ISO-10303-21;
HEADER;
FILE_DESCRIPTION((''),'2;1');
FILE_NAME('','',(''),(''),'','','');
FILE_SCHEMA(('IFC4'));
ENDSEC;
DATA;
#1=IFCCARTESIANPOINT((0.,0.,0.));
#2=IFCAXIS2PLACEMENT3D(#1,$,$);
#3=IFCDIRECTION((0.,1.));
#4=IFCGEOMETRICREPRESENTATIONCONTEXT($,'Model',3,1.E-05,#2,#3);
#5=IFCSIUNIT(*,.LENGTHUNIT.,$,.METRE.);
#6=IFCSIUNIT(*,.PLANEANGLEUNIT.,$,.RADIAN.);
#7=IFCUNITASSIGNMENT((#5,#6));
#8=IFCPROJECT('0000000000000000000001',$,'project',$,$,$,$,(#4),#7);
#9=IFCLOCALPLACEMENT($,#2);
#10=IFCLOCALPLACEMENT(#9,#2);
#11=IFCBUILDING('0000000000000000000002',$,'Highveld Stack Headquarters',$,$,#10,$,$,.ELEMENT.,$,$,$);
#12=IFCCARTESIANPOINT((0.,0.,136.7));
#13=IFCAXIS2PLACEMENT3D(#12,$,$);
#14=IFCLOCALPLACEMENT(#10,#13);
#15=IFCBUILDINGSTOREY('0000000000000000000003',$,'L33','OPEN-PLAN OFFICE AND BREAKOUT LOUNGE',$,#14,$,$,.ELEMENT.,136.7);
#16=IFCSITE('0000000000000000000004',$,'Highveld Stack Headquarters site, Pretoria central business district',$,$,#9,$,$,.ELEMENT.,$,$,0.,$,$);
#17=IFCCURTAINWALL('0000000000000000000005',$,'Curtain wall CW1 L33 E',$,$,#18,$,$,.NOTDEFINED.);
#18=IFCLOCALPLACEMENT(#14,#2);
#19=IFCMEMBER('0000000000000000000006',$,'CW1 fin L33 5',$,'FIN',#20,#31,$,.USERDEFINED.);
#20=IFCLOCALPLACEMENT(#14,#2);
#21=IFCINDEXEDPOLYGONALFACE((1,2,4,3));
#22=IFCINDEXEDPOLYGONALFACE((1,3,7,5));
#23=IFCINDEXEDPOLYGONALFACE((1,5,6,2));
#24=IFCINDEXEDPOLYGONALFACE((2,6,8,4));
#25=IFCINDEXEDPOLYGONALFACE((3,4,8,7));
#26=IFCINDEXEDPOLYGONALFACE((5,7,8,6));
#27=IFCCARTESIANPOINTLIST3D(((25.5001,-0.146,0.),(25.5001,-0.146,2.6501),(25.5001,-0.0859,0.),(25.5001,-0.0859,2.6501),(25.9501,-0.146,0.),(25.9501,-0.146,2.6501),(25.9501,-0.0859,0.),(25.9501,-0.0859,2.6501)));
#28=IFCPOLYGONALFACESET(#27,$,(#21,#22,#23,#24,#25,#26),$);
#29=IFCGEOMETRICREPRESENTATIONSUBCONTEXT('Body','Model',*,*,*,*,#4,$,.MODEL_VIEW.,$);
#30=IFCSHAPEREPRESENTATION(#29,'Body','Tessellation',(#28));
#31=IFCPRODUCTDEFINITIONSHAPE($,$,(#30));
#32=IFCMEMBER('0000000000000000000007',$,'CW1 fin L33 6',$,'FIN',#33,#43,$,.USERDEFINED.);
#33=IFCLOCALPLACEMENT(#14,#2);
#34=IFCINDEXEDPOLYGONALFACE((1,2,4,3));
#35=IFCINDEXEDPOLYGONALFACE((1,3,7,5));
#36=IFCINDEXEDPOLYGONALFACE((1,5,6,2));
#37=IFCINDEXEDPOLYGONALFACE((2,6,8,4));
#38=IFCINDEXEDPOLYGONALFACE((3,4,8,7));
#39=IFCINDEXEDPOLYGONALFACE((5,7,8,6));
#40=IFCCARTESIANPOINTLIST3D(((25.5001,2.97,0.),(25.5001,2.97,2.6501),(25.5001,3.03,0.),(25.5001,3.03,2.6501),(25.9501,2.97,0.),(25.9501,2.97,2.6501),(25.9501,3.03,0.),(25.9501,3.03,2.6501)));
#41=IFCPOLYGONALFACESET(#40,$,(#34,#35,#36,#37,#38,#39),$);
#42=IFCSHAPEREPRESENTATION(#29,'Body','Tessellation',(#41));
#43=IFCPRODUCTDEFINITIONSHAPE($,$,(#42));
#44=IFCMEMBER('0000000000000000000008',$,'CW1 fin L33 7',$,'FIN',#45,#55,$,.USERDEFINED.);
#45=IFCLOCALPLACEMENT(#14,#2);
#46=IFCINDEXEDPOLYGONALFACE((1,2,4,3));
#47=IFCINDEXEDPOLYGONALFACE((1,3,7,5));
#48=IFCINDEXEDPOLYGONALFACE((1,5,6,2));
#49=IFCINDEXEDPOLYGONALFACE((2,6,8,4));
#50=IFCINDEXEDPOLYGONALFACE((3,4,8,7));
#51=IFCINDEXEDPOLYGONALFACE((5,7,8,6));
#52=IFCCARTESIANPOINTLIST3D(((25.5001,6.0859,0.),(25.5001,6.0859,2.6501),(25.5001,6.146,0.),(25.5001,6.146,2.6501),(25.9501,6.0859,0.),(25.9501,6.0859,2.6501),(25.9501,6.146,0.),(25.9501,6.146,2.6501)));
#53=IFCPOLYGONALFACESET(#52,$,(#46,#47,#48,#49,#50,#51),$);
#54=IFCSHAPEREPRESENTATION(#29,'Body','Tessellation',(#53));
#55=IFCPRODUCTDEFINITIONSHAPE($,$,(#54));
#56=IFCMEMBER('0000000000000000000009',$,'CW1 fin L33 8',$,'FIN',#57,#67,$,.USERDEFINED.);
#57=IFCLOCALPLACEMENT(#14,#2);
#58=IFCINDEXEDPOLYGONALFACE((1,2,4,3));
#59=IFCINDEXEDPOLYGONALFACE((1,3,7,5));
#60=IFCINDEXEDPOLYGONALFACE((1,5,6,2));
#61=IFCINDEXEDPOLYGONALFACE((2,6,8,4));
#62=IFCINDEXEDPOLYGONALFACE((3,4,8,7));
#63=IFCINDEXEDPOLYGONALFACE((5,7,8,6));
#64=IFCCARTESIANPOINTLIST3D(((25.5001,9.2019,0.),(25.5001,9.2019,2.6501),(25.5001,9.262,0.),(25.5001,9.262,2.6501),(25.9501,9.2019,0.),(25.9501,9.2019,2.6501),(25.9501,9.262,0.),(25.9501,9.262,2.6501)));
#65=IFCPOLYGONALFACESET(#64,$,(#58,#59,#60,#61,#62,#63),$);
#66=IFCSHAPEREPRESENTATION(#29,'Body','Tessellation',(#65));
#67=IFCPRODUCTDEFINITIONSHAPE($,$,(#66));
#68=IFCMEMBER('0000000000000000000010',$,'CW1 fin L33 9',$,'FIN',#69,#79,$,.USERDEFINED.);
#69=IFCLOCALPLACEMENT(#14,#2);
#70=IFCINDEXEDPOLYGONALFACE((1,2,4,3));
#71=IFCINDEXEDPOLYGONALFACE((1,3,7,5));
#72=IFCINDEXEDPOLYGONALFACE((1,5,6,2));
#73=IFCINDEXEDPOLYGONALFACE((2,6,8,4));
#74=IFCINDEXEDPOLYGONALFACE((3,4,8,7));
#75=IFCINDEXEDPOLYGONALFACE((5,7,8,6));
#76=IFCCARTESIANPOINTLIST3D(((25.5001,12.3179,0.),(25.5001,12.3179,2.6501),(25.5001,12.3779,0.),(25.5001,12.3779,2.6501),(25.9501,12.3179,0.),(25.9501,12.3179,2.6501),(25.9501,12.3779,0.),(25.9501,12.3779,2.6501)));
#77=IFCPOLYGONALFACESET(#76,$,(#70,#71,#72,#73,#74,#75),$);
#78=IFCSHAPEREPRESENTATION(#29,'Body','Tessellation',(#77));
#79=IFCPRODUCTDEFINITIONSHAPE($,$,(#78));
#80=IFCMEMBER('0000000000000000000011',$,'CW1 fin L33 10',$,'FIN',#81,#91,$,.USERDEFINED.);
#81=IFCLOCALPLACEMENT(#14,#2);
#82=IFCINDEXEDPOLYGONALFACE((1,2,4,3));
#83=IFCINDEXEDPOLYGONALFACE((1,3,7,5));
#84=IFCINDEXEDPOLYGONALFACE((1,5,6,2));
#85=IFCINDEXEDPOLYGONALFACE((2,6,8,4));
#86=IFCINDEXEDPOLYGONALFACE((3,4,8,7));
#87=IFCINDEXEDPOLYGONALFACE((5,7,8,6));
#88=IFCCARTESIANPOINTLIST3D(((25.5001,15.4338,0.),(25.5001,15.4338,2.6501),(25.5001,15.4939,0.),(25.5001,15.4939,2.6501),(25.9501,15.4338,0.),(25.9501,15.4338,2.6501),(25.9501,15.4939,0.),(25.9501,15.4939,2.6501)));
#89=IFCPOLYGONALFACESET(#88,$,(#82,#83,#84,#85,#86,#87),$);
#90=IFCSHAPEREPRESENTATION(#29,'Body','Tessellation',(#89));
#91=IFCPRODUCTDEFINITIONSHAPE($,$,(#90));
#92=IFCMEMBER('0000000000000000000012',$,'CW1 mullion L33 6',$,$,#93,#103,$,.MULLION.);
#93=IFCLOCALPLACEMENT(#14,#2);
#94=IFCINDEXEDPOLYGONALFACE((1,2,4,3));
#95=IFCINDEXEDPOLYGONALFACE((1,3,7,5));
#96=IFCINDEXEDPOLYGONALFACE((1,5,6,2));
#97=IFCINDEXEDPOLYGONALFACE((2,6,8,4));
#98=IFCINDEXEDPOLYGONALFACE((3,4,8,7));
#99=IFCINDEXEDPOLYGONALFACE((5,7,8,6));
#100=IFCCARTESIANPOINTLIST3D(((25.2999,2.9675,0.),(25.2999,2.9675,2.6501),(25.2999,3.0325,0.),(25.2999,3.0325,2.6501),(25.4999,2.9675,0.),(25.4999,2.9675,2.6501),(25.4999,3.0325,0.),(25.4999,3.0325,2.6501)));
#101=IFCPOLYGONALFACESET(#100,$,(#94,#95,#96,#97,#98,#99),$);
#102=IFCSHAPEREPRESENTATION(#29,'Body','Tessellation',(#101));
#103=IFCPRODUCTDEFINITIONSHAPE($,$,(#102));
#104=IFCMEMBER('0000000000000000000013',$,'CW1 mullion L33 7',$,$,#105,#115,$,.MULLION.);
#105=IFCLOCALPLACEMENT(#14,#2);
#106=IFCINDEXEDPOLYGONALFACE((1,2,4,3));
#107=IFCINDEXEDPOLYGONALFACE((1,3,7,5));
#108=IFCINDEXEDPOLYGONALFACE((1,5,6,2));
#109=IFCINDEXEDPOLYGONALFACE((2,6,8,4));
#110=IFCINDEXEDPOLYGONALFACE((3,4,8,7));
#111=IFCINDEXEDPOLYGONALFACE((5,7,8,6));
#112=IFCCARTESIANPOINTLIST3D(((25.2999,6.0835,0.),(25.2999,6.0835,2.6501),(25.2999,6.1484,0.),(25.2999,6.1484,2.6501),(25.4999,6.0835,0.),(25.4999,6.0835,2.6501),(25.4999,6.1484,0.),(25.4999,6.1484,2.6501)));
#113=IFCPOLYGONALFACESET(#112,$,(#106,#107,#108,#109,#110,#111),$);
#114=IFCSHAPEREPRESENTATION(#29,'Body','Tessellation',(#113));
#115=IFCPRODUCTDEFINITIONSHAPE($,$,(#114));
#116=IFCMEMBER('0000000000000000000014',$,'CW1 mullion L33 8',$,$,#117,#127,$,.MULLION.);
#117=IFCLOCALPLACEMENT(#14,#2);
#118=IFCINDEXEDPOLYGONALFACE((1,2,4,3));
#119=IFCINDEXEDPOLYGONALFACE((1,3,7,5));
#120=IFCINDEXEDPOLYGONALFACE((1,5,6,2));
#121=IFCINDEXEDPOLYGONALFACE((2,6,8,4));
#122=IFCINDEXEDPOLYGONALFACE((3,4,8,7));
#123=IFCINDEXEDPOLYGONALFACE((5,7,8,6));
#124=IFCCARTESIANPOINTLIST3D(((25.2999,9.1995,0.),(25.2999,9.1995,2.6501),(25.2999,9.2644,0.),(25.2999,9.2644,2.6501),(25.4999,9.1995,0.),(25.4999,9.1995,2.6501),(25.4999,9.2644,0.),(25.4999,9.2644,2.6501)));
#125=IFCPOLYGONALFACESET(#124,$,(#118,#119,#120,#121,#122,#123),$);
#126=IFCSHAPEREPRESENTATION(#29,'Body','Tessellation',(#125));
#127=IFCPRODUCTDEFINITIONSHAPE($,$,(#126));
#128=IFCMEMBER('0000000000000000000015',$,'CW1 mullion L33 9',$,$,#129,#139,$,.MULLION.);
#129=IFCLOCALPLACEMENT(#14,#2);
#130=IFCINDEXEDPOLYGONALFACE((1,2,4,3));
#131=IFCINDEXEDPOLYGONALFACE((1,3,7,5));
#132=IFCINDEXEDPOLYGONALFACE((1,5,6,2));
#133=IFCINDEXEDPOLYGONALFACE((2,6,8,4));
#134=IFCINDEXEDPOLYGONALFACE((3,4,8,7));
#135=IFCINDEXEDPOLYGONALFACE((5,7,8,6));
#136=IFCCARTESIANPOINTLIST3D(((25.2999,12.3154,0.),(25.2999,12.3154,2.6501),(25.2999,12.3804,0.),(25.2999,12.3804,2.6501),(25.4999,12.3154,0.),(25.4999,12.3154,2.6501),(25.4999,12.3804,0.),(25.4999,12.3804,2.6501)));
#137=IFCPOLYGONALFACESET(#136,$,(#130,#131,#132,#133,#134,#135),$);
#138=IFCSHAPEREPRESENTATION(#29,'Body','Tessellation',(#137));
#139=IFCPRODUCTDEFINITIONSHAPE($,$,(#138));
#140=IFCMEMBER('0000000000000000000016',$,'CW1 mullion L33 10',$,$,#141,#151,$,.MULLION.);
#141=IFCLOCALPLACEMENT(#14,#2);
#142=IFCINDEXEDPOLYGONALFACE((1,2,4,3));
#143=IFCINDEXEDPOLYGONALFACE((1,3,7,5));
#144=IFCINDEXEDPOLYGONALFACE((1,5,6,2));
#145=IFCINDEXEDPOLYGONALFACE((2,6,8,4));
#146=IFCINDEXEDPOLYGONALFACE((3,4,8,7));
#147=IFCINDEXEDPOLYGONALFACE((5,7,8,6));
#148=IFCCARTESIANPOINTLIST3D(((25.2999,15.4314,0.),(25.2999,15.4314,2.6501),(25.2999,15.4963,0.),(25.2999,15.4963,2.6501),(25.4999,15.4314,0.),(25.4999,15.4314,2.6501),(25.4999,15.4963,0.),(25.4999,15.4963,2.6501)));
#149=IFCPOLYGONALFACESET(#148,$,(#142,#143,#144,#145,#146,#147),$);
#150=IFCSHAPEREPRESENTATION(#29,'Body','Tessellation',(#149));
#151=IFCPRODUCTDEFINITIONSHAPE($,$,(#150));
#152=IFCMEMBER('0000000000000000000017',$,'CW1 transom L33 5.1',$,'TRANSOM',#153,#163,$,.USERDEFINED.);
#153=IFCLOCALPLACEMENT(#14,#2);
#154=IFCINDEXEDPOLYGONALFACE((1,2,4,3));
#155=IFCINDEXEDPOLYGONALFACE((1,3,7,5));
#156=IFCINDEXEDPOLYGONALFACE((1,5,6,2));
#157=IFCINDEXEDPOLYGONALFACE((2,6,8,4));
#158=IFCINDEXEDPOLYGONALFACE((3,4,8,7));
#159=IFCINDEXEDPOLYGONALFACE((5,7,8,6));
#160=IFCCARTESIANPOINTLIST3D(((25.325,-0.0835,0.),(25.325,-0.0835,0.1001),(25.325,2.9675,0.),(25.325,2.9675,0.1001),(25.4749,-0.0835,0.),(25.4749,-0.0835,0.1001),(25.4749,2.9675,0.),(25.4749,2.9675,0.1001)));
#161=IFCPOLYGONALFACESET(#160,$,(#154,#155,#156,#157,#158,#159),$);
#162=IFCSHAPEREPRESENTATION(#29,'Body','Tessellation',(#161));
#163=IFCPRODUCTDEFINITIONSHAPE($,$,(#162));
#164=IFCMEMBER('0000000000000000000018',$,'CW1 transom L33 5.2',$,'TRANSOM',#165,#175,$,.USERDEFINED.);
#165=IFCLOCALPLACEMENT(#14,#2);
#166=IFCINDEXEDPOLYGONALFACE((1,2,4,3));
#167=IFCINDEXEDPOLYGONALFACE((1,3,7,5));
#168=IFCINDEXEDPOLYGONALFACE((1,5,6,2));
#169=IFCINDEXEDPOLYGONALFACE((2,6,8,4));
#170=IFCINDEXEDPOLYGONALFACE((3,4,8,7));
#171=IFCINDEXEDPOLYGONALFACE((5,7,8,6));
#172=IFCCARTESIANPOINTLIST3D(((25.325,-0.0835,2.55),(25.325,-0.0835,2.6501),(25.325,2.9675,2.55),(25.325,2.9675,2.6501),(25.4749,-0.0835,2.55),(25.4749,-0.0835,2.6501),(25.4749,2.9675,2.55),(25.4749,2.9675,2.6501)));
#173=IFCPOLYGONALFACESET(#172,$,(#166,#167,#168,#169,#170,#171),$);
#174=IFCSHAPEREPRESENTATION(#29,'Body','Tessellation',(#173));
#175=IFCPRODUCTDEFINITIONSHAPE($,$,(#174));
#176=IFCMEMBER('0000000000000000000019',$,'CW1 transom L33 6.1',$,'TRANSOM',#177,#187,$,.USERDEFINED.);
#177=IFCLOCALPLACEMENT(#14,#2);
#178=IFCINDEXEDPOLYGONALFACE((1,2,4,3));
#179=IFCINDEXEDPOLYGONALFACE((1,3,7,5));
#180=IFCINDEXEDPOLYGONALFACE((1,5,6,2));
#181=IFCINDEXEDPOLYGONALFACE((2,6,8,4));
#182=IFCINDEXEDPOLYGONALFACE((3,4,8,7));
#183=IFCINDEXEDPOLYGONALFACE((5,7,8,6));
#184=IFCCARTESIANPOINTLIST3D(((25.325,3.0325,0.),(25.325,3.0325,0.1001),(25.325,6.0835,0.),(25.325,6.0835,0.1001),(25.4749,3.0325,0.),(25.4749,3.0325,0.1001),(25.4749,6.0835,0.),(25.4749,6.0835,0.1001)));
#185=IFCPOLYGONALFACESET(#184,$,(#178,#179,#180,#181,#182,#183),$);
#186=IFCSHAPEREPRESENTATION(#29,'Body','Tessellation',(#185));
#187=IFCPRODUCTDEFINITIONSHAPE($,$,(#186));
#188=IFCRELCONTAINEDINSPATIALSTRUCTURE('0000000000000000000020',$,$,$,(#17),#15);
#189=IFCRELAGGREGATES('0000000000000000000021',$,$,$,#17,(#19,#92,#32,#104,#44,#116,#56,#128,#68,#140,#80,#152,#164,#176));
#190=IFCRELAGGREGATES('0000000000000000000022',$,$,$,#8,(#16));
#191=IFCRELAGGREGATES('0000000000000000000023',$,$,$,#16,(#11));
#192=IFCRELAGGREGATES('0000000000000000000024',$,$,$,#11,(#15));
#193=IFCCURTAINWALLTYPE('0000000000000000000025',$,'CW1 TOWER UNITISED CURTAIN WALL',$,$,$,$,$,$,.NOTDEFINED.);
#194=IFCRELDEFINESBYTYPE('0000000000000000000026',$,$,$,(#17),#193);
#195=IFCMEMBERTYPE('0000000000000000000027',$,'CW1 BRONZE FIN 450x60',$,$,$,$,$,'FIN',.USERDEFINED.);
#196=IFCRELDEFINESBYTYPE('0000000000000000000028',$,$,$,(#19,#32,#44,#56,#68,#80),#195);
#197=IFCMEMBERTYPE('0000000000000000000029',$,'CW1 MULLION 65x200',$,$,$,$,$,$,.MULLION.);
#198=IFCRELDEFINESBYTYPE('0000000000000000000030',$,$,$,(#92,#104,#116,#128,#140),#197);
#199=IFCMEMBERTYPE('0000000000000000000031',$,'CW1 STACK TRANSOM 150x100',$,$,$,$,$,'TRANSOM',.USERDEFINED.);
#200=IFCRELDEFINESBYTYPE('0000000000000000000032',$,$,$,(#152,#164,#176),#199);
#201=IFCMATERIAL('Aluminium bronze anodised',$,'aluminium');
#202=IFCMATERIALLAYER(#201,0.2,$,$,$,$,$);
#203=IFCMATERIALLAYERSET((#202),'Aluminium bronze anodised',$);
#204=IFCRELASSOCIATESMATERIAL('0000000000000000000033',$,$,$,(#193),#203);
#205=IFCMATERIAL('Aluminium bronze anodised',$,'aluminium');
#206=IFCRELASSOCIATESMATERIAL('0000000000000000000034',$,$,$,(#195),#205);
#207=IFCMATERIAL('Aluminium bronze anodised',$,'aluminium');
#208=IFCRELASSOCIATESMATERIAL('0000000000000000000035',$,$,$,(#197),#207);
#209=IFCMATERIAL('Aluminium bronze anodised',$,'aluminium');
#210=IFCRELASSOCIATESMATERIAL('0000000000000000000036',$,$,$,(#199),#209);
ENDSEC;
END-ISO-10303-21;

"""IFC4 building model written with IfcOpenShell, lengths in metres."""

from ifc_helpers import new_model, si_unit, direction, frame, origin, origin_2d, place, context, subcontext, project, spatial, rectangle, extrude, material, layer, layer_set, material_profile, profile_set, type_object, element, aggregate, save


model = new_model("IFC4")

# Units and contexts
model_context = context("Model", 3, precision=1e-05, world=origin(), true_north=direction((0.0, 1.0)))
body_context = subcontext(model_context, "Body", "Model", "MODEL_VIEW")
ifc_project = project(units=[si_unit("LENGTHUNIT", "METRE"), si_unit("PLANEANGLEUNIT", "RADIAN")], contexts=[model_context])

# Site, building, storey
site_placement = place(None, origin())
site = spatial("IfcSite", under=ifc_project, at=site_placement, Name="Highveld Stack Headquarters site, Pretoria central business district", CompositionType="ELEMENT", RefElevation=0.0)
building_placement = place(site_placement, origin())
building = spatial("IfcBuilding", under=site, at=building_placement, Name="Highveld Stack Headquarters", CompositionType="ELEMENT")
storey_placement = place(building_placement, frame((0.0, 0.0, 136.7)))
storey = spatial("IfcBuildingStorey", under=building, at=storey_placement, Name="L33", Description="OPEN-PLAN OFFICE AND BREAKOUT LOUNGE", CompositionType="ELEMENT", Elevation=136.7)

# Curtain wall, members
ifc_material_1 = material(Name="Aluminium bronze anodised", Category="aluminium")
ifc_layer_1 = layer(ifc_material_1, 0.2)
ifc_layer_set_1 = layer_set([ifc_layer_1], Name="Aluminium bronze anodised")
curtain_wall_type = type_object("IfcCurtainWallType", Name="CW1 TOWER UNITISED CURTAIN WALL", PredefinedType="NOTDEFINED", material=ifc_layer_set_1)
curtain_wall_placement = place(storey_placement, origin())
curtain_wall = element("IfcCurtainWall", 1, at=curtain_wall_placement, inside=storey, type_object=curtain_wall_type, Name="Curtain wall CW1 L33 E", PredefinedType="NOTDEFINED")
ifc_material_2 = material(Name="Aluminium bronze anodised", Category="aluminium")
ifc_material_profile_1 = material_profile(ifc_material_2, rectangle(XDim=0.45, YDim=0.0601, at=origin_2d()), Name="FIN 450x60")
ifc_profile_set_1 = profile_set([ifc_material_profile_1], Name="Aluminium bronze anodised")
member_type_1 = type_object("IfcMemberType", Name="CW1 BRONZE FIN 450x60", ElementType="FIN", PredefinedType="USERDEFINED", material=ifc_profile_set_1)
member_1_placement = place(storey_placement, frame((25.7251, -0.116, 0.0), z_axis=(0.0, 0.0, 1.0), x_axis=(-1.0, 0.0, 0.0)))
member_1 = element("IfcMember", 2, at=member_1_placement, type_object=member_type_1, Name="CW1 fin L33 5", ObjectType="FIN", PredefinedType="USERDEFINED", context=body_context, shape_type="SweptSolid", body=[
    extrude(rectangle(XDim=0.45, YDim=0.0601, at=origin_2d()), origin(), (0.0, 0.0, 1.0), 2.6501),
])
member_2_placement = place(storey_placement, frame((25.7251, 3.0, 0.0), z_axis=(0.0, 0.0, 1.0), x_axis=(-1.0, 0.0, 0.0)))
member_2 = element("IfcMember", 3, at=member_2_placement, type_object=member_type_1, Name="CW1 fin L33 6", ObjectType="FIN", PredefinedType="USERDEFINED", context=body_context, shape_type="SweptSolid", body=[
    extrude(rectangle(XDim=0.45, YDim=0.0601, at=origin_2d()), origin(), (0.0, 0.0, 1.0), 2.6501),
])
member_3_placement = place(storey_placement, frame((25.7251, 6.116, 0.0), z_axis=(0.0, 0.0, 1.0), x_axis=(-1.0, 0.0, 0.0)))
member_3 = element("IfcMember", 4, at=member_3_placement, type_object=member_type_1, Name="CW1 fin L33 7", ObjectType="FIN", PredefinedType="USERDEFINED", context=body_context, shape_type="SweptSolid", body=[
    extrude(rectangle(XDim=0.45, YDim=0.0601, at=origin_2d()), origin(), (0.0, 0.0, 1.0), 2.6501),
])
member_4_placement = place(storey_placement, frame((25.7251, 9.2319, 0.0), z_axis=(0.0, 0.0, 1.0), x_axis=(-1.0, 0.0, 0.0)))
member_4 = element("IfcMember", 5, at=member_4_placement, type_object=member_type_1, Name="CW1 fin L33 8", ObjectType="FIN", PredefinedType="USERDEFINED", context=body_context, shape_type="SweptSolid", body=[
    extrude(rectangle(XDim=0.45, YDim=0.0601, at=origin_2d()), origin(), (0.0, 0.0, 1.0), 2.6501),
])
member_5_placement = place(storey_placement, frame((25.7251, 12.3479, 0.0), z_axis=(0.0, 0.0, 1.0), x_axis=(-1.0, 0.0, 0.0)))
member_5 = element("IfcMember", 6, at=member_5_placement, type_object=member_type_1, Name="CW1 fin L33 9", ObjectType="FIN", PredefinedType="USERDEFINED", context=body_context, shape_type="SweptSolid", body=[
    extrude(rectangle(XDim=0.45, YDim=0.0601, at=origin_2d()), origin(), (0.0, 0.0, 1.0), 2.6501),
])
member_6_placement = place(storey_placement, frame((25.7251, 15.4639, 0.0), z_axis=(0.0, 0.0, 1.0), x_axis=(-1.0, 0.0, 0.0)))
member_6 = element("IfcMember", 7, at=member_6_placement, type_object=member_type_1, Name="CW1 fin L33 10", ObjectType="FIN", PredefinedType="USERDEFINED", context=body_context, shape_type="SweptSolid", body=[
    extrude(rectangle(XDim=0.45, YDim=0.0601, at=origin_2d()), origin(), (0.0, 0.0, 1.0), 2.6501),
])
ifc_material_3 = material(Name="Aluminium bronze anodised", Category="aluminium")
ifc_material_profile_2 = material_profile(ifc_material_3, rectangle(XDim=0.2, YDim=0.0649, at=origin_2d()), Name="CW1 MULLION 65x200")
ifc_profile_set_2 = profile_set([ifc_material_profile_2], Name="Aluminium bronze anodised")
member_type_2 = type_object("IfcMemberType", Name="CW1 MULLION 65x200", PredefinedType="MULLION", material=ifc_profile_set_2)
member_7_placement = place(storey_placement, frame((25.3999, 3.0, 0.0), z_axis=(0.0, 0.0, 1.0), x_axis=(-1.0, 0.0, 0.0)))
member_7 = element("IfcMember", 8, at=member_7_placement, type_object=member_type_2, Name="CW1 mullion L33 6", PredefinedType="MULLION", context=body_context, shape_type="SweptSolid", body=[
    extrude(rectangle(XDim=0.2, YDim=0.0649, at=origin_2d()), origin(), (0.0, 0.0, 1.0), 2.6501),
])
member_8_placement = place(storey_placement, frame((25.3999, 6.116, 0.0), z_axis=(0.0, 0.0, 1.0), x_axis=(-1.0, 0.0, 0.0)))
member_8 = element("IfcMember", 9, at=member_8_placement, type_object=member_type_2, Name="CW1 mullion L33 7", PredefinedType="MULLION", context=body_context, shape_type="SweptSolid", body=[
    extrude(rectangle(XDim=0.2, YDim=0.0649, at=origin_2d()), origin(), (0.0, 0.0, 1.0), 2.6501),
])
member_9_placement = place(storey_placement, frame((25.3999, 9.2319, 0.0), z_axis=(0.0, 0.0, 1.0), x_axis=(-1.0, 0.0, 0.0)))
member_9 = element("IfcMember", 10, at=member_9_placement, type_object=member_type_2, Name="CW1 mullion L33 8", PredefinedType="MULLION", context=body_context, shape_type="SweptSolid", body=[
    extrude(rectangle(XDim=0.2, YDim=0.0649, at=origin_2d()), origin(), (0.0, 0.0, 1.0), 2.6501),
])
member_10_placement = place(storey_placement, frame((25.3999, 12.3479, 0.0), z_axis=(0.0, 0.0, 1.0), x_axis=(-1.0, 0.0, 0.0)))
member_10 = element("IfcMember", 11, at=member_10_placement, type_object=member_type_2, Name="CW1 mullion L33 9", PredefinedType="MULLION", context=body_context, shape_type="SweptSolid", body=[
    extrude(rectangle(XDim=0.2, YDim=0.0649, at=origin_2d()), origin(), (0.0, 0.0, 1.0), 2.6501),
])
member_11_placement = place(storey_placement, frame((25.3999, 15.4639, 0.0), z_axis=(0.0, 0.0, 1.0), x_axis=(-1.0, 0.0, 0.0)))
member_11 = element("IfcMember", 12, at=member_11_placement, type_object=member_type_2, Name="CW1 mullion L33 10", PredefinedType="MULLION", context=body_context, shape_type="SweptSolid", body=[
    extrude(rectangle(XDim=0.2, YDim=0.0649, at=origin_2d()), origin(), (0.0, 0.0, 1.0), 2.6501),
])
ifc_material_4 = material(Name="Aluminium bronze anodised", Category="aluminium")
ifc_material_profile_3 = material_profile(ifc_material_4, rectangle(XDim=0.1499, YDim=0.1001, at=origin_2d()), Name="CW1 TRANSOM 150x100")
ifc_profile_set_3 = profile_set([ifc_material_profile_3], Name="Aluminium bronze anodised")
member_type_3 = type_object("IfcMemberType", Name="CW1 STACK TRANSOM 150x100", ElementType="TRANSOM", PredefinedType="USERDEFINED", material=ifc_profile_set_3)
member_12_placement = place(storey_placement, frame((25.3999, -0.0835, 0.05), z_axis=(0.0, 1.0, 0.0), x_axis=(-1.0, 0.0, 0.0)))
member_12 = element("IfcMember", 13, at=member_12_placement, type_object=member_type_3, Name="CW1 transom L33 5.1", ObjectType="TRANSOM", PredefinedType="USERDEFINED", context=body_context, shape_type="SweptSolid", body=[
    extrude(rectangle(XDim=0.1499, YDim=0.1001, at=origin_2d()), origin(), (0.0, 0.0, 1.0), 3.051),
])
member_13_placement = place(storey_placement, frame((25.3999, -0.0835, 2.6001), z_axis=(0.0, 1.0, 0.0), x_axis=(-1.0, 0.0, 0.0)))
member_13 = element("IfcMember", 14, at=member_13_placement, type_object=member_type_3, Name="CW1 transom L33 5.2", ObjectType="TRANSOM", PredefinedType="USERDEFINED", context=body_context, shape_type="SweptSolid", body=[
    extrude(rectangle(XDim=0.1499, YDim=0.1001, at=origin_2d()), origin(), (0.0, 0.0, 1.0), 3.051),
])
member_14_placement = place(storey_placement, frame((25.3999, 3.0325, 0.05), z_axis=(0.0, 1.0, 0.0), x_axis=(-1.0, 0.0, 0.0)))
member_14 = element("IfcMember", 15, at=member_14_placement, type_object=member_type_3, Name="CW1 transom L33 6.1", ObjectType="TRANSOM", PredefinedType="USERDEFINED", context=body_context, shape_type="SweptSolid", body=[
    extrude(rectangle(XDim=0.1499, YDim=0.1001, at=origin_2d()), origin(), (0.0, 0.0, 1.0), 3.051),
])
aggregate(curtain_wall, [member_1, member_7, member_2, member_8, member_3, member_9, member_4, member_10, member_5, member_11, member_6, member_12, member_13, member_14])

save(model, "model.ifc")
